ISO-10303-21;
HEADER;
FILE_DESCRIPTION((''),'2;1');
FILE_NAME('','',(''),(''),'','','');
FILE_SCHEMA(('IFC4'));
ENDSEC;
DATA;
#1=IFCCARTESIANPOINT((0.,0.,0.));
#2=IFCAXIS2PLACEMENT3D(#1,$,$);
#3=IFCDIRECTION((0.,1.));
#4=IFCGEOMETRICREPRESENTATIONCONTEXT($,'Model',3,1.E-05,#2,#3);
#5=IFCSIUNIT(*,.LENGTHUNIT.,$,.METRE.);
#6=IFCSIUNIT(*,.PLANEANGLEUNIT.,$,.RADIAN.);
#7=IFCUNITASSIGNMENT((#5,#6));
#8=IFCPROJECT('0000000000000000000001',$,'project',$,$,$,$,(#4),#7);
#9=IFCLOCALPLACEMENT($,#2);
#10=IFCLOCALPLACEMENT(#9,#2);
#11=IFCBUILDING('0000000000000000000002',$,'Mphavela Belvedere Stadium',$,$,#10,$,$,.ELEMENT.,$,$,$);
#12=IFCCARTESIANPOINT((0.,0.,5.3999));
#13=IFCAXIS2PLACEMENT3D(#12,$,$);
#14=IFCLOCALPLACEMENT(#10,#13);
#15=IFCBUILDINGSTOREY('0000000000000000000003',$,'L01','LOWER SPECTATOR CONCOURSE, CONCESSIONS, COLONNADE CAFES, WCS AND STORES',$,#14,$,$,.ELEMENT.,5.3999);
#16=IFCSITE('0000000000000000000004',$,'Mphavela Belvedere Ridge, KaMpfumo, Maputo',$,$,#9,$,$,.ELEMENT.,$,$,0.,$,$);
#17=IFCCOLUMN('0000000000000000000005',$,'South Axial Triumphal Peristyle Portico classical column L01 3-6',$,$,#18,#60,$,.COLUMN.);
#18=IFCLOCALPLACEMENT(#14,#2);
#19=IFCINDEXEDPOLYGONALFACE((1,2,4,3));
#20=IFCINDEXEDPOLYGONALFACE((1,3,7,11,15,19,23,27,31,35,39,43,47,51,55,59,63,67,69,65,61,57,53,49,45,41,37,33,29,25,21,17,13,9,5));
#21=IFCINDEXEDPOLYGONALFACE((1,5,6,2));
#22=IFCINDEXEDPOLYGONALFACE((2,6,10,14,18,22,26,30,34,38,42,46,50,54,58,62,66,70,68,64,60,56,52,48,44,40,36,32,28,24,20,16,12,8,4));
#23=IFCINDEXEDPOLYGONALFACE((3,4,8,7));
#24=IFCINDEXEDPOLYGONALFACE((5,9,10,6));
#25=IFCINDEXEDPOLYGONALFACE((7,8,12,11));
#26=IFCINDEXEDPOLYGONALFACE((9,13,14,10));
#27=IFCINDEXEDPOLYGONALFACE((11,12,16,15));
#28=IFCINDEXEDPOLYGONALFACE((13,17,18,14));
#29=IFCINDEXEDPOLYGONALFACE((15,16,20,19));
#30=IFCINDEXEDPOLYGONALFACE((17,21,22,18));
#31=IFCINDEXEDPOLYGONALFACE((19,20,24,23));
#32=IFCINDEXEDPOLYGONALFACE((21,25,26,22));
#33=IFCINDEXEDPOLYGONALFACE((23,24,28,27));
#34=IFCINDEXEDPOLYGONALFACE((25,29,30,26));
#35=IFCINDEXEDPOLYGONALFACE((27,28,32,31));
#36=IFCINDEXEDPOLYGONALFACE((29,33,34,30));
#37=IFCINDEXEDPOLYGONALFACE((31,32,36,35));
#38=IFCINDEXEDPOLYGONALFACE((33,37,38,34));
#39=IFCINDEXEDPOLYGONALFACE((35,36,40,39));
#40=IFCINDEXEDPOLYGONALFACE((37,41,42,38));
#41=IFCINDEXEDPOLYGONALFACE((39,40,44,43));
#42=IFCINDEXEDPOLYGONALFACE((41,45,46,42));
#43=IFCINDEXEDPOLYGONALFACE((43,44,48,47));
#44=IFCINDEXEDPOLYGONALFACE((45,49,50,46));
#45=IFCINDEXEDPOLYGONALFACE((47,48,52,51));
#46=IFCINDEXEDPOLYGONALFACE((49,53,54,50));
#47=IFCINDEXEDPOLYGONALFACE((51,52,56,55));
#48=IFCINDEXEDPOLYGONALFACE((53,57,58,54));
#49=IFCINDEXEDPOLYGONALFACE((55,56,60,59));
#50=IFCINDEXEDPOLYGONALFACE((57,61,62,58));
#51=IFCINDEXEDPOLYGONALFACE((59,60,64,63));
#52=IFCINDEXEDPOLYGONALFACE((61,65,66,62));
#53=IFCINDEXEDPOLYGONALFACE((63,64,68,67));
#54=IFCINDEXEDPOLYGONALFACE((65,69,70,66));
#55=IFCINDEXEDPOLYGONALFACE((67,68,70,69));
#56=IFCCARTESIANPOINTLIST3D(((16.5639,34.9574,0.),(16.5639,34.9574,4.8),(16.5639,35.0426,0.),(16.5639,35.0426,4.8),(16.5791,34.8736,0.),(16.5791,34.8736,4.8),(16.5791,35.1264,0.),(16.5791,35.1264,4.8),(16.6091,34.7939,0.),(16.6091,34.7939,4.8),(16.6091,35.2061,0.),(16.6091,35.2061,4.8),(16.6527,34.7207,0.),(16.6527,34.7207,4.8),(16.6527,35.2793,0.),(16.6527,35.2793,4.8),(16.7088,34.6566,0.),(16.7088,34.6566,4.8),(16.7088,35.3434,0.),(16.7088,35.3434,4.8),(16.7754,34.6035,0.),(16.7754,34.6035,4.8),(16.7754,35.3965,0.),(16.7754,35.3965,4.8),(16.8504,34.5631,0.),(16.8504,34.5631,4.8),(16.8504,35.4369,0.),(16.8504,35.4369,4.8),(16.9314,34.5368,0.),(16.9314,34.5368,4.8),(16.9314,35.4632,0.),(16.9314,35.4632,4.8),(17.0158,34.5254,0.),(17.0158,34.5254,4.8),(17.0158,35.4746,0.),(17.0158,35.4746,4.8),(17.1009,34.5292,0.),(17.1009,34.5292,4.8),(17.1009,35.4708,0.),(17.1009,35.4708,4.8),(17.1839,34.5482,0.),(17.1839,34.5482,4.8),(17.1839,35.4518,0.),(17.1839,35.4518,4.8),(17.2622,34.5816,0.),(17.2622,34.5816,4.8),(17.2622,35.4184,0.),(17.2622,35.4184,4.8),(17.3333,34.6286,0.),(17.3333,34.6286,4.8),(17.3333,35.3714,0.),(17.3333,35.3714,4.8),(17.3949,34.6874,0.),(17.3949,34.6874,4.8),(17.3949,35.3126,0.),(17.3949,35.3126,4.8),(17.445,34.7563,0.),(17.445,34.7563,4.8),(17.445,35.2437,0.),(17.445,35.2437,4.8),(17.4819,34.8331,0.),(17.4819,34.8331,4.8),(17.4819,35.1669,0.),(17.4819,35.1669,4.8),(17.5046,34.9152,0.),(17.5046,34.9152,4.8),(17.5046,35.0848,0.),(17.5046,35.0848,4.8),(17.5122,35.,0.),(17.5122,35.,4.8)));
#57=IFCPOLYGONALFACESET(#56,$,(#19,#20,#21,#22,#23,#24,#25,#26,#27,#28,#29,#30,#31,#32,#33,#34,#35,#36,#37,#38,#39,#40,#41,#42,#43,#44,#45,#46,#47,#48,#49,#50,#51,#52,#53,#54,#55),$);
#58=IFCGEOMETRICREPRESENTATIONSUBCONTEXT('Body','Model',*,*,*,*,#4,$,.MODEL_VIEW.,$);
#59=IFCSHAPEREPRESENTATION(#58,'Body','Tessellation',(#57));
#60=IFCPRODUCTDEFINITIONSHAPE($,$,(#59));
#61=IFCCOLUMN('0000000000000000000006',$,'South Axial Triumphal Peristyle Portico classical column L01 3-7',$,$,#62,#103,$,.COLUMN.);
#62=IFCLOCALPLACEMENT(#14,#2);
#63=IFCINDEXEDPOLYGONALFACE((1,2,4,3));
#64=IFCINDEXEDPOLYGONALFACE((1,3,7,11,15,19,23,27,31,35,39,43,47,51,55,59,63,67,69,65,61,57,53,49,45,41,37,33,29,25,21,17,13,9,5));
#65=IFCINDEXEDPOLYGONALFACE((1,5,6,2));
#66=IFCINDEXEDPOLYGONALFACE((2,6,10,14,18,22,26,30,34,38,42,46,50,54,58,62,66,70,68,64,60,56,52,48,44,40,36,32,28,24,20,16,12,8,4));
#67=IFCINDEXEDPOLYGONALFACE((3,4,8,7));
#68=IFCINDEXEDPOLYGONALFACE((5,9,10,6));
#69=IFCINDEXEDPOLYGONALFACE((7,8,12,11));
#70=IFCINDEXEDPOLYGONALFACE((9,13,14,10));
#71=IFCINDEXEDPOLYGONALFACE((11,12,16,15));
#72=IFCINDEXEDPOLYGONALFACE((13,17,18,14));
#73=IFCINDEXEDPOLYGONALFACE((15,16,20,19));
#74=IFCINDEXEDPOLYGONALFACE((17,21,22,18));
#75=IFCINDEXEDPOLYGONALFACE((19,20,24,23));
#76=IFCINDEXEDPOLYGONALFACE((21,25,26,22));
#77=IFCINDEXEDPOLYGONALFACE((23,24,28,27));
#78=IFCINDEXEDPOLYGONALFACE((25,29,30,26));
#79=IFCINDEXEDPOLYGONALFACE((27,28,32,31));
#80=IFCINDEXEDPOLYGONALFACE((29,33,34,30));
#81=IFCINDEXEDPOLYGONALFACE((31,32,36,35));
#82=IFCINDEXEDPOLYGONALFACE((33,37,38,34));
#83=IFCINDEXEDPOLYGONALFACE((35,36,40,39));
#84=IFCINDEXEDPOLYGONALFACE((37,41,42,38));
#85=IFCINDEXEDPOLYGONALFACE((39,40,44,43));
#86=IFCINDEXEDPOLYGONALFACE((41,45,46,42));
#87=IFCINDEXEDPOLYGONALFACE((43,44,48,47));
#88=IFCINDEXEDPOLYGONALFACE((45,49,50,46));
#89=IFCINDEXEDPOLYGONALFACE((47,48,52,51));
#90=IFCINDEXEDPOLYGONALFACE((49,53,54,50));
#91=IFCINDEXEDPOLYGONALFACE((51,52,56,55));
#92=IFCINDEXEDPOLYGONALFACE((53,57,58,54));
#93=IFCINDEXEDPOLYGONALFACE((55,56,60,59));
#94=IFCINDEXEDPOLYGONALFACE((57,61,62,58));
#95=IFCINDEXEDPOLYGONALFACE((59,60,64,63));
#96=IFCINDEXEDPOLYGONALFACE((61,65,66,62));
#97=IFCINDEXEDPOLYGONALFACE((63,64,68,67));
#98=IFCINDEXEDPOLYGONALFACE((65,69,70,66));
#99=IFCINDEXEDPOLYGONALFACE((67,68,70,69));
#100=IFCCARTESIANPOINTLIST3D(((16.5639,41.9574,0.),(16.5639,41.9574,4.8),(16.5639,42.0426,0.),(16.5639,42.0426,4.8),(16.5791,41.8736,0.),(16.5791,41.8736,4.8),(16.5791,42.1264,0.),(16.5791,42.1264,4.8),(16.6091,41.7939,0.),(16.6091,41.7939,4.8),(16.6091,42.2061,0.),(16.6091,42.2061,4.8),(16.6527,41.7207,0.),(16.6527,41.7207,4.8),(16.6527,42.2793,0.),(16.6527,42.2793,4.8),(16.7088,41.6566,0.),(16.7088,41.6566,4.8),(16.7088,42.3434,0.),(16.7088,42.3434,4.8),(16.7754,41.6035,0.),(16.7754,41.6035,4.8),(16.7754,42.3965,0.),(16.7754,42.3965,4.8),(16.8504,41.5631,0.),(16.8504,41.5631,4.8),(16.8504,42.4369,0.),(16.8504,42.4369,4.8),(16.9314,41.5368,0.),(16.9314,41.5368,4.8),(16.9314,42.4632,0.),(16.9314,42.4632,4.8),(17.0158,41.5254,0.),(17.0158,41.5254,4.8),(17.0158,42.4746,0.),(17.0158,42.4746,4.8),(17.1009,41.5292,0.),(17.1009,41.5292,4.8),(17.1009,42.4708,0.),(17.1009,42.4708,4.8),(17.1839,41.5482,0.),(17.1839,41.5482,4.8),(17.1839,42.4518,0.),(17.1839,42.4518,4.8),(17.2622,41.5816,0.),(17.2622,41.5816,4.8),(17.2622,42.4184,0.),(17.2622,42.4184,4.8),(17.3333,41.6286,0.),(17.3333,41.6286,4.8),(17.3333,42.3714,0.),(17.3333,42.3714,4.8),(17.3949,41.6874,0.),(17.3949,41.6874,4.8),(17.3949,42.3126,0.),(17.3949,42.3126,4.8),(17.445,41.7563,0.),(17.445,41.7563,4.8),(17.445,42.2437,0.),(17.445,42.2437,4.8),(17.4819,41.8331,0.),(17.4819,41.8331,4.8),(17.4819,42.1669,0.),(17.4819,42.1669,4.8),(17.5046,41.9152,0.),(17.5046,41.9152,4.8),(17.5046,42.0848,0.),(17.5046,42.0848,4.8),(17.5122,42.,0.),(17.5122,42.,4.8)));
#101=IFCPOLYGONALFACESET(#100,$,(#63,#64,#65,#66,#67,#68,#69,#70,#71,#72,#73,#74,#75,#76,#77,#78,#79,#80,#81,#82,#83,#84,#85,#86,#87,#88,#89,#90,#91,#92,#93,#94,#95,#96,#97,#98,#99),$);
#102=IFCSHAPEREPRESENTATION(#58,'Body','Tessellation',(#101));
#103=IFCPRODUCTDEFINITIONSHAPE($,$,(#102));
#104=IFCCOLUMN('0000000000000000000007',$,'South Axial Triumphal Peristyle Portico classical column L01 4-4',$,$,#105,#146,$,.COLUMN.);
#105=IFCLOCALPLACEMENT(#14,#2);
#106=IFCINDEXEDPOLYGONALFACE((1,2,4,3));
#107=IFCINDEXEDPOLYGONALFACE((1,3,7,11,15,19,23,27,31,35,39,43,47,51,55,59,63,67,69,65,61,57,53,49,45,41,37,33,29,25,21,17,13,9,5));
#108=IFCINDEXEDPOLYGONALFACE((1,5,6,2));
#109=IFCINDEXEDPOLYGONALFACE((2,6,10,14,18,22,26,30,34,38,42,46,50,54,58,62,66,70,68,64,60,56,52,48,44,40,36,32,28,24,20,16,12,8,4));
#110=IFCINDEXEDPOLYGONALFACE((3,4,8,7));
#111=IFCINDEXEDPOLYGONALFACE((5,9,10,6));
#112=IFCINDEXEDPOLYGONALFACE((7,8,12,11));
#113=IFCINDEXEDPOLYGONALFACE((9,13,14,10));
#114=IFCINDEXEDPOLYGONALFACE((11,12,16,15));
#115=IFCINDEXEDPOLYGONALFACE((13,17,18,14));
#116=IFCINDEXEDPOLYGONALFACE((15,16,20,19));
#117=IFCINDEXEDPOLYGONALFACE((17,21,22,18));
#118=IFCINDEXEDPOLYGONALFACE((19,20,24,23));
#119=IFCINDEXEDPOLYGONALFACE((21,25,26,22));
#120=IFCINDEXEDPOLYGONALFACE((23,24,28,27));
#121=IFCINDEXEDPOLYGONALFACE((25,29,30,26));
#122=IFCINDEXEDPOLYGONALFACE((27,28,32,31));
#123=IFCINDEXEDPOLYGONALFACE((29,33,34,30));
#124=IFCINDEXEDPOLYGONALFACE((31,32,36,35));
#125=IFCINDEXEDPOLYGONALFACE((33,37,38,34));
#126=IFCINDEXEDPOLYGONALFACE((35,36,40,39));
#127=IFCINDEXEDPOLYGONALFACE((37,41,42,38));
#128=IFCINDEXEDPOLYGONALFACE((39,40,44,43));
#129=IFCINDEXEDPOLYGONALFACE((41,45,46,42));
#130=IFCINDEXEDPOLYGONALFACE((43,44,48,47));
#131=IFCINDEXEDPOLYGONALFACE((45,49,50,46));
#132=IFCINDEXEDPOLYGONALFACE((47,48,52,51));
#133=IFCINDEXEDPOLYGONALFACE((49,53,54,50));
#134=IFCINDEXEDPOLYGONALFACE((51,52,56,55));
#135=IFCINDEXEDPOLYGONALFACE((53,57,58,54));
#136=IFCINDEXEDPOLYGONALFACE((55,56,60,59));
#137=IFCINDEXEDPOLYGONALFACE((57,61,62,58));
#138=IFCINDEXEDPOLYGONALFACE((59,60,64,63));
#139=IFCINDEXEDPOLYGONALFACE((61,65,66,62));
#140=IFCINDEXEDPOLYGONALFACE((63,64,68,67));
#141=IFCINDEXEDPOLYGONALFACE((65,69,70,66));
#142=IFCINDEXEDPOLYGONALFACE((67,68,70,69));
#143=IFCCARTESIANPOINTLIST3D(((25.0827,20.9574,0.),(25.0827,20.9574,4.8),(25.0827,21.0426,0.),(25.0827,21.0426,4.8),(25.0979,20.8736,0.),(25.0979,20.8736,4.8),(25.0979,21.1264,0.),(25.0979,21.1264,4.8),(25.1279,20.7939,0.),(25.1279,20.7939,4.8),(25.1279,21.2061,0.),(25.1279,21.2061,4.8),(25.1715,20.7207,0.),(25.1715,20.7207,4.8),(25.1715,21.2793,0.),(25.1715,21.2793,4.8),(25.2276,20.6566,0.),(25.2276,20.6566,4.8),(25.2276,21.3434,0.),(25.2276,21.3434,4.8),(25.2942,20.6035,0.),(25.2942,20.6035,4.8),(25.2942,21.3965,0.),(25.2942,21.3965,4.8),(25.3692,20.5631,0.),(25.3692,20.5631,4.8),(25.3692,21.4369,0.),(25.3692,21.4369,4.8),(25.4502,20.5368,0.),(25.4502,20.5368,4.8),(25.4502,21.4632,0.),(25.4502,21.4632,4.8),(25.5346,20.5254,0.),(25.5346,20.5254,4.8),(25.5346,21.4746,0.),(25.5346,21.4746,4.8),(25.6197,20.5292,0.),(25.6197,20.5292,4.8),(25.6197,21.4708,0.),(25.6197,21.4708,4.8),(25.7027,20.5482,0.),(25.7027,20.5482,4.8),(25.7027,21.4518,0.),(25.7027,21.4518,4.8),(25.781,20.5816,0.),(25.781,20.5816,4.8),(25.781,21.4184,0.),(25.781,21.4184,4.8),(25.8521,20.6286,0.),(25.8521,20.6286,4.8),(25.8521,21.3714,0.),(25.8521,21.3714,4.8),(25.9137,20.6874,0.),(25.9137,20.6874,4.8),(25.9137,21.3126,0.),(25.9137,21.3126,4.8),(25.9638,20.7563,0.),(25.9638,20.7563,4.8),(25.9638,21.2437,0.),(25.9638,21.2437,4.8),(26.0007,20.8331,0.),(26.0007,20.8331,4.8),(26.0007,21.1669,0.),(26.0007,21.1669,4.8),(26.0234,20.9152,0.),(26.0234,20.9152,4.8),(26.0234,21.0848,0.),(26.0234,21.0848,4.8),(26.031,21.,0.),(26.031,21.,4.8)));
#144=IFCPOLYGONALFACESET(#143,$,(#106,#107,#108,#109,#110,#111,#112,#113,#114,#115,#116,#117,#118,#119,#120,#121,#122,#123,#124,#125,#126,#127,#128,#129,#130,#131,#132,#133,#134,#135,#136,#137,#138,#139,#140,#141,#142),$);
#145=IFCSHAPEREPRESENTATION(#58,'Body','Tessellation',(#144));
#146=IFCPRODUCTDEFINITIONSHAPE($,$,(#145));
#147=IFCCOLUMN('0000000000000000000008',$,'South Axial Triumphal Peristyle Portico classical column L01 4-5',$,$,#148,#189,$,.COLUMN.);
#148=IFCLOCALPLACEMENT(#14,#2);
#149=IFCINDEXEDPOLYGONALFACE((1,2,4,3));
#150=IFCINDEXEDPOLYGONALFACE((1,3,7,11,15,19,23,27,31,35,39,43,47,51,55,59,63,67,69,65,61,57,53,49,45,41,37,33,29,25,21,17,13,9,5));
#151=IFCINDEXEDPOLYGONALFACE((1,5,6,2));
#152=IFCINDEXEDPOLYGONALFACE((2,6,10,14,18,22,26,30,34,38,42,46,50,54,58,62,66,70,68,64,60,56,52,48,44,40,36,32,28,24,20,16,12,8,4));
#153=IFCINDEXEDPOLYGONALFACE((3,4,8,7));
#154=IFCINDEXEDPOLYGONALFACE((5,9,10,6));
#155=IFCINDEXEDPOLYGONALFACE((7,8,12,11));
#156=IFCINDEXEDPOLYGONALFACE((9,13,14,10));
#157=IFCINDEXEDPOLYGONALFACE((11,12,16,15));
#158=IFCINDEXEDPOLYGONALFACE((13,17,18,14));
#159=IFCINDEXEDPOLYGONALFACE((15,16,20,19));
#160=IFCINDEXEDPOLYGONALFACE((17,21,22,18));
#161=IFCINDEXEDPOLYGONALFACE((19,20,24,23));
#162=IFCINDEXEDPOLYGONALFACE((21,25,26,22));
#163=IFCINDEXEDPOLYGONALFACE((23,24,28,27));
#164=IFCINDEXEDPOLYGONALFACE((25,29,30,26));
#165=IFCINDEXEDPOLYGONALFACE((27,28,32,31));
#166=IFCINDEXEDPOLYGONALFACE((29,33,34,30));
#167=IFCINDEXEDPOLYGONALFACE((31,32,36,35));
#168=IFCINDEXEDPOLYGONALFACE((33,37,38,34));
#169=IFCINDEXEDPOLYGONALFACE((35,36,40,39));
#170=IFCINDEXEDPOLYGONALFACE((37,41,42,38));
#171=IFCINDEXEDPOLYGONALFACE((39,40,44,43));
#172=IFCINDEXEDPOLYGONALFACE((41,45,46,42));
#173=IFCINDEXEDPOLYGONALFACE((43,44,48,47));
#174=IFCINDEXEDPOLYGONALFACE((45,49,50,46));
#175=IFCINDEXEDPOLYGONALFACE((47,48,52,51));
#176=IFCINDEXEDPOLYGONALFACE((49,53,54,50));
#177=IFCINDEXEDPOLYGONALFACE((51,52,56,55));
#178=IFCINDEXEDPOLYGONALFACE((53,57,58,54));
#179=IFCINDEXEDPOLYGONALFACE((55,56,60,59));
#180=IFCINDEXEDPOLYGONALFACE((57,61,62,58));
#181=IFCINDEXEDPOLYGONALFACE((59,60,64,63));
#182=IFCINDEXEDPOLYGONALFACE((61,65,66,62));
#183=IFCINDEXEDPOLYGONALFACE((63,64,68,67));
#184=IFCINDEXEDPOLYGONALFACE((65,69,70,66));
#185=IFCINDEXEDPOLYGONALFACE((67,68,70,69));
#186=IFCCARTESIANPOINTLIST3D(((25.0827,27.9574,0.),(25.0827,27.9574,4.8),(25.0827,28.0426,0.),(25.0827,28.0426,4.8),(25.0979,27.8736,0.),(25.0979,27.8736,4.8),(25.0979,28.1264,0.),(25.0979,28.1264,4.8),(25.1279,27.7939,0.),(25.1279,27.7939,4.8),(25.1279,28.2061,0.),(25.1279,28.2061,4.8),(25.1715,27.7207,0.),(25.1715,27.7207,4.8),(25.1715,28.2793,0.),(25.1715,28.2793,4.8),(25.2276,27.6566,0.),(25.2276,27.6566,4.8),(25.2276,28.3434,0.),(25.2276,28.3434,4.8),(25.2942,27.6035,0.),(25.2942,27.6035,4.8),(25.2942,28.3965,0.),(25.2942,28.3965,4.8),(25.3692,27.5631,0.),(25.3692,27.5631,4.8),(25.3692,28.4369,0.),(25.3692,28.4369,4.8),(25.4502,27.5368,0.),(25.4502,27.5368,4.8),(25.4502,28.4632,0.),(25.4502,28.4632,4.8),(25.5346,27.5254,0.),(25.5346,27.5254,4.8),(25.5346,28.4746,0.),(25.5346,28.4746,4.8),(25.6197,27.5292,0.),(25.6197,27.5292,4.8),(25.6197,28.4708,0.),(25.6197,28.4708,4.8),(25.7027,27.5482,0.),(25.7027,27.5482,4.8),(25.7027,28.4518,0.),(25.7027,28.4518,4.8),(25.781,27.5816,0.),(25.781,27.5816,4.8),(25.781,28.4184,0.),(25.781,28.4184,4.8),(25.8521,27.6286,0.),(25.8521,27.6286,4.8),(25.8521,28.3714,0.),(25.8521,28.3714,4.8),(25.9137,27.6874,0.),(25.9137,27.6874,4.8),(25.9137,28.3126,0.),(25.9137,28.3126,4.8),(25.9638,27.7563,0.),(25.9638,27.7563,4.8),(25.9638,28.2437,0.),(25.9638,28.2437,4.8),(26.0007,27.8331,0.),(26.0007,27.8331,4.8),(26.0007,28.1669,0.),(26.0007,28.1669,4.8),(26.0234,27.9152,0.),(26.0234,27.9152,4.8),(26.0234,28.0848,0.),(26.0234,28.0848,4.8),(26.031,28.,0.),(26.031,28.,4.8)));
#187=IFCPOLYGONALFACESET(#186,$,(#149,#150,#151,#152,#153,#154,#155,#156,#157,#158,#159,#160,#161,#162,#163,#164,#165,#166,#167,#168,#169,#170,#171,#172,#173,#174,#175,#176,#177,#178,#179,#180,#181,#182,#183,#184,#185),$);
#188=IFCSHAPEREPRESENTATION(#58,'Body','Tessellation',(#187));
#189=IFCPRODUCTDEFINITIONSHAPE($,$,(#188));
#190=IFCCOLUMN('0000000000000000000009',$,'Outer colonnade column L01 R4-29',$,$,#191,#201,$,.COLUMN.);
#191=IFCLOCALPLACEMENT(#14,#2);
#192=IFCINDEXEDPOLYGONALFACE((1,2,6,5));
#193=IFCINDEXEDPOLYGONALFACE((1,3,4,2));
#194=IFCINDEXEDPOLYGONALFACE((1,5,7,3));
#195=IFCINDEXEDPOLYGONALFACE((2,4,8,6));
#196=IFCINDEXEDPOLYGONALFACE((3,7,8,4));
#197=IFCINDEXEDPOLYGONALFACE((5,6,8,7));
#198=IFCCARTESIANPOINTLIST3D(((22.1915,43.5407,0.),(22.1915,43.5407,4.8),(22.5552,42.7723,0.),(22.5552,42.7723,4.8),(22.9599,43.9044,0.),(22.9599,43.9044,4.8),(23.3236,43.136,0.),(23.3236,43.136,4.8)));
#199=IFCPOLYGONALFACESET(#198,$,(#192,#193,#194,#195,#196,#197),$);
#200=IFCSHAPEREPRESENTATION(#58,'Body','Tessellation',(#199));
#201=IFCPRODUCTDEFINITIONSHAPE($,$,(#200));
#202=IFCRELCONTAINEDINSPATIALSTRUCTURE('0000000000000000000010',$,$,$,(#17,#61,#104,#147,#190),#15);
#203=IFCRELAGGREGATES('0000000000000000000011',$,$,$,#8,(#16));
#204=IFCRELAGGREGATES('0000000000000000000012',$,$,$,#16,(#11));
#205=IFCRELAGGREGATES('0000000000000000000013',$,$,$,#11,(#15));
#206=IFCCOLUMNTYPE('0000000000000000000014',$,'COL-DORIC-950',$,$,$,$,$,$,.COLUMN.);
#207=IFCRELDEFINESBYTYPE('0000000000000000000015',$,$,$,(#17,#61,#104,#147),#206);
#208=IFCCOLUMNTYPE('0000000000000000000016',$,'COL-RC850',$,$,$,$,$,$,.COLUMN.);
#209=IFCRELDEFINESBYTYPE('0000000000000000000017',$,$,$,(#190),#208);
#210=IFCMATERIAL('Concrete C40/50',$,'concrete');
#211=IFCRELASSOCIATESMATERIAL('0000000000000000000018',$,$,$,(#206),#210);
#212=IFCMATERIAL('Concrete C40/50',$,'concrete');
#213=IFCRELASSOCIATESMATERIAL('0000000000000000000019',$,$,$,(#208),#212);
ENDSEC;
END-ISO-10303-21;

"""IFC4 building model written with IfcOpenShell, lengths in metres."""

from ifc_helpers import new_model, si_unit, direction, frame, origin, origin_2d, place, context, subcontext, project, spatial, rectangle, circle, extrude, material, material_profile, profile_set, type_object, element, save


model = new_model("IFC4")

# Units and contexts
model_context = context("Model", 3, precision=1e-05, world=origin(), true_north=direction((0.0, 1.0)))
body_context = subcontext(model_context, "Body", "Model", "MODEL_VIEW")
ifc_project = project(units=[si_unit("LENGTHUNIT", "METRE"), si_unit("PLANEANGLEUNIT", "RADIAN")], contexts=[model_context])

# Site, building, storey
site_placement = place(None, origin())
site = spatial("IfcSite", under=ifc_project, at=site_placement, Name="Mphavela Belvedere Ridge, KaMpfumo, Maputo", CompositionType="ELEMENT", RefElevation=0.0)
building_placement = place(site_placement, origin())
building = spatial("IfcBuilding", under=site, at=building_placement, Name="Mphavela Belvedere Stadium", CompositionType="ELEMENT")
storey_placement = place(building_placement, frame((0.0, 0.0, 5.3999)))
storey = spatial("IfcBuildingStorey", under=building, at=storey_placement, Name="L01", Description="LOWER SPECTATOR CONCOURSE, CONCESSIONS, COLONNADE CAFES, WCS AND STORES", CompositionType="ELEMENT", Elevation=5.3999)

# Columns
ifc_material_1 = material(Name="Concrete C40/50", Category="concrete")
ifc_material_profile_1 = material_profile(ifc_material_1, circle(Radius=0.4751, at=origin_2d()), Name="COL D950")
ifc_profile_set_1 = profile_set([ifc_material_profile_1], Name="Concrete C40/50")
column_type_1 = type_object("IfcColumnType", Name="COL-DORIC-950", PredefinedType="COLUMN", material=ifc_profile_set_1)
for number, where, z_axis, x_axis, name in (
    (1, (17.0371, 35.0, 0.0), (0.0, 0.0, 1.0), (1.0, 0.0, 0.0), "South Axial Triumphal Peristyle Portico classical column L01 3-6"),
    (2, (17.0371, 42.0, 0.0), (0.0, 0.0, 1.0), (1.0, 0.0, 0.0), "South Axial Triumphal Peristyle Portico classical column L01 3-7"),
    (3, (25.5559, 21.0, 0.0), (0.0, 0.0, 1.0), (1.0, 0.0, 0.0), "South Axial Triumphal Peristyle Portico classical column L01 4-4"),
    (4, (25.5559, 28.0, 0.0), (0.0, 0.0, 1.0), (1.0, 0.0, 0.0), "South Axial Triumphal Peristyle Portico classical column L01 4-5"),
):
    element("IfcColumn", number, at=place(storey_placement, frame(where, z_axis=z_axis, x_axis=x_axis)), inside=storey, type_object=column_type_1, Name=name, PredefinedType="COLUMN", context=body_context, shape_type="SweptSolid", body=[
        extrude(circle(Radius=0.4751, at=origin_2d()), origin(), (0.0, 0.0, 1.0), 4.8),
    ])
ifc_material_2 = material(Name="Concrete C40/50", Category="concrete")
ifc_material_profile_2 = material_profile(ifc_material_2, rectangle(XDim=0.8501, YDim=0.8501, at=origin_2d()), Name="RC 850x850")
ifc_profile_set_2 = profile_set([ifc_material_profile_2], Name="Concrete C40/50")
column_type_2 = type_object("IfcColumnType", Name="COL-RC850", PredefinedType="COLUMN", material=ifc_profile_set_2)
column_1_placement = place(storey_placement, frame((22.7576, 43.3384, 0.0), z_axis=(0.0, 0.0, 1.0), x_axis=(-0.903859, -0.427831, 0.0)))
element("IfcColumn", 5, at=column_1_placement, inside=storey, type_object=column_type_2, Name="Outer colonnade column L01 R4-29", PredefinedType="COLUMN", context=body_context, shape_type="SweptSolid", body=[
    extrude(rectangle(XDim=0.8501, YDim=0.8501, at=origin_2d()), origin(), (0.0, 0.0, 1.0), 4.8),
])

save(model, "model.ifc")
